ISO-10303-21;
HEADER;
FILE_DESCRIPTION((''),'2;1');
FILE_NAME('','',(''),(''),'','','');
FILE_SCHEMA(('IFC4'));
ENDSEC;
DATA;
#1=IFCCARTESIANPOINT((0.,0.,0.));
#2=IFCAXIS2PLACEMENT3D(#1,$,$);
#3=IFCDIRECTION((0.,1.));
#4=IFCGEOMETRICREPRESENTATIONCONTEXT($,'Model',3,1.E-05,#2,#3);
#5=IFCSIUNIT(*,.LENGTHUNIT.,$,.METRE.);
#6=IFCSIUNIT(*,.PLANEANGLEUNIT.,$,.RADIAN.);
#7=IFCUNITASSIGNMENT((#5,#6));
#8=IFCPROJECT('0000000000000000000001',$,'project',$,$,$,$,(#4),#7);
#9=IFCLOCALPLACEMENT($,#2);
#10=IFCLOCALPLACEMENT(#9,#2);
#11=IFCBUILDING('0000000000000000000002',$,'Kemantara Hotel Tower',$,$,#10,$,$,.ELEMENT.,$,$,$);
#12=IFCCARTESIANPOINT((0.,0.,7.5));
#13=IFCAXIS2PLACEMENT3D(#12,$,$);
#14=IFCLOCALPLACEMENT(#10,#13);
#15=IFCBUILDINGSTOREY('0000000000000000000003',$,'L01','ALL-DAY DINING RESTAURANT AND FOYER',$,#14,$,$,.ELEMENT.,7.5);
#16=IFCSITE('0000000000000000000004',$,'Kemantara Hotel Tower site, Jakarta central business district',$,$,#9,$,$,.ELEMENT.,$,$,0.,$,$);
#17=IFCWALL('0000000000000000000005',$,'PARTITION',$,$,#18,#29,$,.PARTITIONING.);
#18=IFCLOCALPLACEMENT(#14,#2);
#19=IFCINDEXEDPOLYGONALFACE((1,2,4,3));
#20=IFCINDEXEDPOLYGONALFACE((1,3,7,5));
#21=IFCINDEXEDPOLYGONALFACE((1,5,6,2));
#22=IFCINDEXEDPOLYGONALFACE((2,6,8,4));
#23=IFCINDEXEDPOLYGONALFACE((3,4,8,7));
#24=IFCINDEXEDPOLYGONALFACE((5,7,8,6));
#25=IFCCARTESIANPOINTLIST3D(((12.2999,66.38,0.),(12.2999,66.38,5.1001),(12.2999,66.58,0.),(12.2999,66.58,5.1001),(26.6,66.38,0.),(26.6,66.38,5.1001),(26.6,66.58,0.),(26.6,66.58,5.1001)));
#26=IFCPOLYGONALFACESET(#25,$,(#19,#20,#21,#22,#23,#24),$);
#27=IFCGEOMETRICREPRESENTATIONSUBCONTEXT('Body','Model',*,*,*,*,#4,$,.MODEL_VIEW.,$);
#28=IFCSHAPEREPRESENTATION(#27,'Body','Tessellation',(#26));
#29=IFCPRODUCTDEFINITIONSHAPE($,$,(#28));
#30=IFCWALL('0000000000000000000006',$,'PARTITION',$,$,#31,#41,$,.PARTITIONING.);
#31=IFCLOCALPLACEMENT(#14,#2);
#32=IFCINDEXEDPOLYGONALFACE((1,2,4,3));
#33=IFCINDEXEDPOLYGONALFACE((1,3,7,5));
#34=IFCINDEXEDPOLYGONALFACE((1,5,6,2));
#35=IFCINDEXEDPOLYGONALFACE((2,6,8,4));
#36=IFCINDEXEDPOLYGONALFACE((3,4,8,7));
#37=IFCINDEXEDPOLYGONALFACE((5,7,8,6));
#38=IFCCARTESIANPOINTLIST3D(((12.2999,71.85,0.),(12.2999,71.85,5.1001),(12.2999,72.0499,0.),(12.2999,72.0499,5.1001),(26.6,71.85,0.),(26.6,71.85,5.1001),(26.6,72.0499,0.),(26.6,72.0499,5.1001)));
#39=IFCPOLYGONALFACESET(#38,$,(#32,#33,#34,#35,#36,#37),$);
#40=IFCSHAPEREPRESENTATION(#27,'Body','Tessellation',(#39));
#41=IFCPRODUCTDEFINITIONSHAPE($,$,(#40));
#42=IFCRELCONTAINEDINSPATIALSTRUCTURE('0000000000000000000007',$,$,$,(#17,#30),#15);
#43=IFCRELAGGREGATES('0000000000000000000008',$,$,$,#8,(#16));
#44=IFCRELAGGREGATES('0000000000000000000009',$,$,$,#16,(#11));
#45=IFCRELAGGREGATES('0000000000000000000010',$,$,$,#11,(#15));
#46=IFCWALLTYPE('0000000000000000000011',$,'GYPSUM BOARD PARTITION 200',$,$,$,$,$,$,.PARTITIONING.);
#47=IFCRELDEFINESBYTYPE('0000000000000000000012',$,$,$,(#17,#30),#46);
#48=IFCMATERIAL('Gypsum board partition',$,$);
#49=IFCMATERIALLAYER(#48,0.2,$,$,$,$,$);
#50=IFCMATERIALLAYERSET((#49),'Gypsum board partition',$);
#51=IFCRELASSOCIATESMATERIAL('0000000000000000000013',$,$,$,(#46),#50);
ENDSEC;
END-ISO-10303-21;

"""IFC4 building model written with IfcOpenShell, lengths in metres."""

from ifc_helpers import new_model, si_unit, direction, frame, frame_2d, origin, place, context, subcontext, project, spatial, rectangle, extrude, material, layer, layer_set, type_object, element, save


model = new_model("IFC4")

# Units and contexts
model_context = context("Model", 3, precision=1e-05, world=origin(), true_north=direction((0.0, 1.0)))
body_context = subcontext(model_context, "Body", "Model", "MODEL_VIEW")
ifc_project = project(units=[si_unit("LENGTHUNIT", "METRE"), si_unit("PLANEANGLEUNIT", "RADIAN")], contexts=[model_context])

# Site, building, storey
site_placement = place(None, origin())
site = spatial("IfcSite", under=ifc_project, at=site_placement, Name="Kemantara Hotel Tower site, Jakarta central business district", CompositionType="ELEMENT", RefElevation=0.0)
building_placement = place(site_placement, origin())
building = spatial("IfcBuilding", under=site, at=building_placement, Name="Kemantara Hotel Tower", CompositionType="ELEMENT")
storey_placement = place(building_placement, frame((0.0, 0.0, 7.5)))
storey = spatial("IfcBuildingStorey", under=building, at=storey_placement, Name="L01", Description="ALL-DAY DINING RESTAURANT AND FOYER", CompositionType="ELEMENT", Elevation=7.5)

# Walls
ifc_material_1 = material(Name="Gypsum board partition")
ifc_layer_1 = layer(ifc_material_1, 0.2)
ifc_layer_set_1 = layer_set([ifc_layer_1], Name="Gypsum board partition")
wall_type_1 = type_object("IfcWallType", Name="GYPSUM BOARD PARTITION 200", PredefinedType="PARTITIONING", material=ifc_layer_set_1)
for number, where, z_axis, x_axis, name in (
    (1, (12.3, 66.48, 0.0), (0.0, 0.0, 1.0), (1.0, 0.0, 0.0), "PARTITION"),
    (2, (12.3, 71.95, 0.0), (0.0, 0.0, 1.0), (1.0, 0.0, 0.0), "PARTITION"),
):
    element("IfcWall", number, at=place(storey_placement, frame(where, z_axis=z_axis, x_axis=x_axis)), inside=storey, type_object=wall_type_1, Name=name, PredefinedType="PARTITIONING", context=body_context, shape_type="SweptSolid", body=[
        extrude(rectangle(XDim=14.3, YDim=0.2, at=frame_2d((7.1499, 0.0))), origin(), (0.0, 0.0, 1.0), 5.1001),
    ])

save(model, "model.ifc")
